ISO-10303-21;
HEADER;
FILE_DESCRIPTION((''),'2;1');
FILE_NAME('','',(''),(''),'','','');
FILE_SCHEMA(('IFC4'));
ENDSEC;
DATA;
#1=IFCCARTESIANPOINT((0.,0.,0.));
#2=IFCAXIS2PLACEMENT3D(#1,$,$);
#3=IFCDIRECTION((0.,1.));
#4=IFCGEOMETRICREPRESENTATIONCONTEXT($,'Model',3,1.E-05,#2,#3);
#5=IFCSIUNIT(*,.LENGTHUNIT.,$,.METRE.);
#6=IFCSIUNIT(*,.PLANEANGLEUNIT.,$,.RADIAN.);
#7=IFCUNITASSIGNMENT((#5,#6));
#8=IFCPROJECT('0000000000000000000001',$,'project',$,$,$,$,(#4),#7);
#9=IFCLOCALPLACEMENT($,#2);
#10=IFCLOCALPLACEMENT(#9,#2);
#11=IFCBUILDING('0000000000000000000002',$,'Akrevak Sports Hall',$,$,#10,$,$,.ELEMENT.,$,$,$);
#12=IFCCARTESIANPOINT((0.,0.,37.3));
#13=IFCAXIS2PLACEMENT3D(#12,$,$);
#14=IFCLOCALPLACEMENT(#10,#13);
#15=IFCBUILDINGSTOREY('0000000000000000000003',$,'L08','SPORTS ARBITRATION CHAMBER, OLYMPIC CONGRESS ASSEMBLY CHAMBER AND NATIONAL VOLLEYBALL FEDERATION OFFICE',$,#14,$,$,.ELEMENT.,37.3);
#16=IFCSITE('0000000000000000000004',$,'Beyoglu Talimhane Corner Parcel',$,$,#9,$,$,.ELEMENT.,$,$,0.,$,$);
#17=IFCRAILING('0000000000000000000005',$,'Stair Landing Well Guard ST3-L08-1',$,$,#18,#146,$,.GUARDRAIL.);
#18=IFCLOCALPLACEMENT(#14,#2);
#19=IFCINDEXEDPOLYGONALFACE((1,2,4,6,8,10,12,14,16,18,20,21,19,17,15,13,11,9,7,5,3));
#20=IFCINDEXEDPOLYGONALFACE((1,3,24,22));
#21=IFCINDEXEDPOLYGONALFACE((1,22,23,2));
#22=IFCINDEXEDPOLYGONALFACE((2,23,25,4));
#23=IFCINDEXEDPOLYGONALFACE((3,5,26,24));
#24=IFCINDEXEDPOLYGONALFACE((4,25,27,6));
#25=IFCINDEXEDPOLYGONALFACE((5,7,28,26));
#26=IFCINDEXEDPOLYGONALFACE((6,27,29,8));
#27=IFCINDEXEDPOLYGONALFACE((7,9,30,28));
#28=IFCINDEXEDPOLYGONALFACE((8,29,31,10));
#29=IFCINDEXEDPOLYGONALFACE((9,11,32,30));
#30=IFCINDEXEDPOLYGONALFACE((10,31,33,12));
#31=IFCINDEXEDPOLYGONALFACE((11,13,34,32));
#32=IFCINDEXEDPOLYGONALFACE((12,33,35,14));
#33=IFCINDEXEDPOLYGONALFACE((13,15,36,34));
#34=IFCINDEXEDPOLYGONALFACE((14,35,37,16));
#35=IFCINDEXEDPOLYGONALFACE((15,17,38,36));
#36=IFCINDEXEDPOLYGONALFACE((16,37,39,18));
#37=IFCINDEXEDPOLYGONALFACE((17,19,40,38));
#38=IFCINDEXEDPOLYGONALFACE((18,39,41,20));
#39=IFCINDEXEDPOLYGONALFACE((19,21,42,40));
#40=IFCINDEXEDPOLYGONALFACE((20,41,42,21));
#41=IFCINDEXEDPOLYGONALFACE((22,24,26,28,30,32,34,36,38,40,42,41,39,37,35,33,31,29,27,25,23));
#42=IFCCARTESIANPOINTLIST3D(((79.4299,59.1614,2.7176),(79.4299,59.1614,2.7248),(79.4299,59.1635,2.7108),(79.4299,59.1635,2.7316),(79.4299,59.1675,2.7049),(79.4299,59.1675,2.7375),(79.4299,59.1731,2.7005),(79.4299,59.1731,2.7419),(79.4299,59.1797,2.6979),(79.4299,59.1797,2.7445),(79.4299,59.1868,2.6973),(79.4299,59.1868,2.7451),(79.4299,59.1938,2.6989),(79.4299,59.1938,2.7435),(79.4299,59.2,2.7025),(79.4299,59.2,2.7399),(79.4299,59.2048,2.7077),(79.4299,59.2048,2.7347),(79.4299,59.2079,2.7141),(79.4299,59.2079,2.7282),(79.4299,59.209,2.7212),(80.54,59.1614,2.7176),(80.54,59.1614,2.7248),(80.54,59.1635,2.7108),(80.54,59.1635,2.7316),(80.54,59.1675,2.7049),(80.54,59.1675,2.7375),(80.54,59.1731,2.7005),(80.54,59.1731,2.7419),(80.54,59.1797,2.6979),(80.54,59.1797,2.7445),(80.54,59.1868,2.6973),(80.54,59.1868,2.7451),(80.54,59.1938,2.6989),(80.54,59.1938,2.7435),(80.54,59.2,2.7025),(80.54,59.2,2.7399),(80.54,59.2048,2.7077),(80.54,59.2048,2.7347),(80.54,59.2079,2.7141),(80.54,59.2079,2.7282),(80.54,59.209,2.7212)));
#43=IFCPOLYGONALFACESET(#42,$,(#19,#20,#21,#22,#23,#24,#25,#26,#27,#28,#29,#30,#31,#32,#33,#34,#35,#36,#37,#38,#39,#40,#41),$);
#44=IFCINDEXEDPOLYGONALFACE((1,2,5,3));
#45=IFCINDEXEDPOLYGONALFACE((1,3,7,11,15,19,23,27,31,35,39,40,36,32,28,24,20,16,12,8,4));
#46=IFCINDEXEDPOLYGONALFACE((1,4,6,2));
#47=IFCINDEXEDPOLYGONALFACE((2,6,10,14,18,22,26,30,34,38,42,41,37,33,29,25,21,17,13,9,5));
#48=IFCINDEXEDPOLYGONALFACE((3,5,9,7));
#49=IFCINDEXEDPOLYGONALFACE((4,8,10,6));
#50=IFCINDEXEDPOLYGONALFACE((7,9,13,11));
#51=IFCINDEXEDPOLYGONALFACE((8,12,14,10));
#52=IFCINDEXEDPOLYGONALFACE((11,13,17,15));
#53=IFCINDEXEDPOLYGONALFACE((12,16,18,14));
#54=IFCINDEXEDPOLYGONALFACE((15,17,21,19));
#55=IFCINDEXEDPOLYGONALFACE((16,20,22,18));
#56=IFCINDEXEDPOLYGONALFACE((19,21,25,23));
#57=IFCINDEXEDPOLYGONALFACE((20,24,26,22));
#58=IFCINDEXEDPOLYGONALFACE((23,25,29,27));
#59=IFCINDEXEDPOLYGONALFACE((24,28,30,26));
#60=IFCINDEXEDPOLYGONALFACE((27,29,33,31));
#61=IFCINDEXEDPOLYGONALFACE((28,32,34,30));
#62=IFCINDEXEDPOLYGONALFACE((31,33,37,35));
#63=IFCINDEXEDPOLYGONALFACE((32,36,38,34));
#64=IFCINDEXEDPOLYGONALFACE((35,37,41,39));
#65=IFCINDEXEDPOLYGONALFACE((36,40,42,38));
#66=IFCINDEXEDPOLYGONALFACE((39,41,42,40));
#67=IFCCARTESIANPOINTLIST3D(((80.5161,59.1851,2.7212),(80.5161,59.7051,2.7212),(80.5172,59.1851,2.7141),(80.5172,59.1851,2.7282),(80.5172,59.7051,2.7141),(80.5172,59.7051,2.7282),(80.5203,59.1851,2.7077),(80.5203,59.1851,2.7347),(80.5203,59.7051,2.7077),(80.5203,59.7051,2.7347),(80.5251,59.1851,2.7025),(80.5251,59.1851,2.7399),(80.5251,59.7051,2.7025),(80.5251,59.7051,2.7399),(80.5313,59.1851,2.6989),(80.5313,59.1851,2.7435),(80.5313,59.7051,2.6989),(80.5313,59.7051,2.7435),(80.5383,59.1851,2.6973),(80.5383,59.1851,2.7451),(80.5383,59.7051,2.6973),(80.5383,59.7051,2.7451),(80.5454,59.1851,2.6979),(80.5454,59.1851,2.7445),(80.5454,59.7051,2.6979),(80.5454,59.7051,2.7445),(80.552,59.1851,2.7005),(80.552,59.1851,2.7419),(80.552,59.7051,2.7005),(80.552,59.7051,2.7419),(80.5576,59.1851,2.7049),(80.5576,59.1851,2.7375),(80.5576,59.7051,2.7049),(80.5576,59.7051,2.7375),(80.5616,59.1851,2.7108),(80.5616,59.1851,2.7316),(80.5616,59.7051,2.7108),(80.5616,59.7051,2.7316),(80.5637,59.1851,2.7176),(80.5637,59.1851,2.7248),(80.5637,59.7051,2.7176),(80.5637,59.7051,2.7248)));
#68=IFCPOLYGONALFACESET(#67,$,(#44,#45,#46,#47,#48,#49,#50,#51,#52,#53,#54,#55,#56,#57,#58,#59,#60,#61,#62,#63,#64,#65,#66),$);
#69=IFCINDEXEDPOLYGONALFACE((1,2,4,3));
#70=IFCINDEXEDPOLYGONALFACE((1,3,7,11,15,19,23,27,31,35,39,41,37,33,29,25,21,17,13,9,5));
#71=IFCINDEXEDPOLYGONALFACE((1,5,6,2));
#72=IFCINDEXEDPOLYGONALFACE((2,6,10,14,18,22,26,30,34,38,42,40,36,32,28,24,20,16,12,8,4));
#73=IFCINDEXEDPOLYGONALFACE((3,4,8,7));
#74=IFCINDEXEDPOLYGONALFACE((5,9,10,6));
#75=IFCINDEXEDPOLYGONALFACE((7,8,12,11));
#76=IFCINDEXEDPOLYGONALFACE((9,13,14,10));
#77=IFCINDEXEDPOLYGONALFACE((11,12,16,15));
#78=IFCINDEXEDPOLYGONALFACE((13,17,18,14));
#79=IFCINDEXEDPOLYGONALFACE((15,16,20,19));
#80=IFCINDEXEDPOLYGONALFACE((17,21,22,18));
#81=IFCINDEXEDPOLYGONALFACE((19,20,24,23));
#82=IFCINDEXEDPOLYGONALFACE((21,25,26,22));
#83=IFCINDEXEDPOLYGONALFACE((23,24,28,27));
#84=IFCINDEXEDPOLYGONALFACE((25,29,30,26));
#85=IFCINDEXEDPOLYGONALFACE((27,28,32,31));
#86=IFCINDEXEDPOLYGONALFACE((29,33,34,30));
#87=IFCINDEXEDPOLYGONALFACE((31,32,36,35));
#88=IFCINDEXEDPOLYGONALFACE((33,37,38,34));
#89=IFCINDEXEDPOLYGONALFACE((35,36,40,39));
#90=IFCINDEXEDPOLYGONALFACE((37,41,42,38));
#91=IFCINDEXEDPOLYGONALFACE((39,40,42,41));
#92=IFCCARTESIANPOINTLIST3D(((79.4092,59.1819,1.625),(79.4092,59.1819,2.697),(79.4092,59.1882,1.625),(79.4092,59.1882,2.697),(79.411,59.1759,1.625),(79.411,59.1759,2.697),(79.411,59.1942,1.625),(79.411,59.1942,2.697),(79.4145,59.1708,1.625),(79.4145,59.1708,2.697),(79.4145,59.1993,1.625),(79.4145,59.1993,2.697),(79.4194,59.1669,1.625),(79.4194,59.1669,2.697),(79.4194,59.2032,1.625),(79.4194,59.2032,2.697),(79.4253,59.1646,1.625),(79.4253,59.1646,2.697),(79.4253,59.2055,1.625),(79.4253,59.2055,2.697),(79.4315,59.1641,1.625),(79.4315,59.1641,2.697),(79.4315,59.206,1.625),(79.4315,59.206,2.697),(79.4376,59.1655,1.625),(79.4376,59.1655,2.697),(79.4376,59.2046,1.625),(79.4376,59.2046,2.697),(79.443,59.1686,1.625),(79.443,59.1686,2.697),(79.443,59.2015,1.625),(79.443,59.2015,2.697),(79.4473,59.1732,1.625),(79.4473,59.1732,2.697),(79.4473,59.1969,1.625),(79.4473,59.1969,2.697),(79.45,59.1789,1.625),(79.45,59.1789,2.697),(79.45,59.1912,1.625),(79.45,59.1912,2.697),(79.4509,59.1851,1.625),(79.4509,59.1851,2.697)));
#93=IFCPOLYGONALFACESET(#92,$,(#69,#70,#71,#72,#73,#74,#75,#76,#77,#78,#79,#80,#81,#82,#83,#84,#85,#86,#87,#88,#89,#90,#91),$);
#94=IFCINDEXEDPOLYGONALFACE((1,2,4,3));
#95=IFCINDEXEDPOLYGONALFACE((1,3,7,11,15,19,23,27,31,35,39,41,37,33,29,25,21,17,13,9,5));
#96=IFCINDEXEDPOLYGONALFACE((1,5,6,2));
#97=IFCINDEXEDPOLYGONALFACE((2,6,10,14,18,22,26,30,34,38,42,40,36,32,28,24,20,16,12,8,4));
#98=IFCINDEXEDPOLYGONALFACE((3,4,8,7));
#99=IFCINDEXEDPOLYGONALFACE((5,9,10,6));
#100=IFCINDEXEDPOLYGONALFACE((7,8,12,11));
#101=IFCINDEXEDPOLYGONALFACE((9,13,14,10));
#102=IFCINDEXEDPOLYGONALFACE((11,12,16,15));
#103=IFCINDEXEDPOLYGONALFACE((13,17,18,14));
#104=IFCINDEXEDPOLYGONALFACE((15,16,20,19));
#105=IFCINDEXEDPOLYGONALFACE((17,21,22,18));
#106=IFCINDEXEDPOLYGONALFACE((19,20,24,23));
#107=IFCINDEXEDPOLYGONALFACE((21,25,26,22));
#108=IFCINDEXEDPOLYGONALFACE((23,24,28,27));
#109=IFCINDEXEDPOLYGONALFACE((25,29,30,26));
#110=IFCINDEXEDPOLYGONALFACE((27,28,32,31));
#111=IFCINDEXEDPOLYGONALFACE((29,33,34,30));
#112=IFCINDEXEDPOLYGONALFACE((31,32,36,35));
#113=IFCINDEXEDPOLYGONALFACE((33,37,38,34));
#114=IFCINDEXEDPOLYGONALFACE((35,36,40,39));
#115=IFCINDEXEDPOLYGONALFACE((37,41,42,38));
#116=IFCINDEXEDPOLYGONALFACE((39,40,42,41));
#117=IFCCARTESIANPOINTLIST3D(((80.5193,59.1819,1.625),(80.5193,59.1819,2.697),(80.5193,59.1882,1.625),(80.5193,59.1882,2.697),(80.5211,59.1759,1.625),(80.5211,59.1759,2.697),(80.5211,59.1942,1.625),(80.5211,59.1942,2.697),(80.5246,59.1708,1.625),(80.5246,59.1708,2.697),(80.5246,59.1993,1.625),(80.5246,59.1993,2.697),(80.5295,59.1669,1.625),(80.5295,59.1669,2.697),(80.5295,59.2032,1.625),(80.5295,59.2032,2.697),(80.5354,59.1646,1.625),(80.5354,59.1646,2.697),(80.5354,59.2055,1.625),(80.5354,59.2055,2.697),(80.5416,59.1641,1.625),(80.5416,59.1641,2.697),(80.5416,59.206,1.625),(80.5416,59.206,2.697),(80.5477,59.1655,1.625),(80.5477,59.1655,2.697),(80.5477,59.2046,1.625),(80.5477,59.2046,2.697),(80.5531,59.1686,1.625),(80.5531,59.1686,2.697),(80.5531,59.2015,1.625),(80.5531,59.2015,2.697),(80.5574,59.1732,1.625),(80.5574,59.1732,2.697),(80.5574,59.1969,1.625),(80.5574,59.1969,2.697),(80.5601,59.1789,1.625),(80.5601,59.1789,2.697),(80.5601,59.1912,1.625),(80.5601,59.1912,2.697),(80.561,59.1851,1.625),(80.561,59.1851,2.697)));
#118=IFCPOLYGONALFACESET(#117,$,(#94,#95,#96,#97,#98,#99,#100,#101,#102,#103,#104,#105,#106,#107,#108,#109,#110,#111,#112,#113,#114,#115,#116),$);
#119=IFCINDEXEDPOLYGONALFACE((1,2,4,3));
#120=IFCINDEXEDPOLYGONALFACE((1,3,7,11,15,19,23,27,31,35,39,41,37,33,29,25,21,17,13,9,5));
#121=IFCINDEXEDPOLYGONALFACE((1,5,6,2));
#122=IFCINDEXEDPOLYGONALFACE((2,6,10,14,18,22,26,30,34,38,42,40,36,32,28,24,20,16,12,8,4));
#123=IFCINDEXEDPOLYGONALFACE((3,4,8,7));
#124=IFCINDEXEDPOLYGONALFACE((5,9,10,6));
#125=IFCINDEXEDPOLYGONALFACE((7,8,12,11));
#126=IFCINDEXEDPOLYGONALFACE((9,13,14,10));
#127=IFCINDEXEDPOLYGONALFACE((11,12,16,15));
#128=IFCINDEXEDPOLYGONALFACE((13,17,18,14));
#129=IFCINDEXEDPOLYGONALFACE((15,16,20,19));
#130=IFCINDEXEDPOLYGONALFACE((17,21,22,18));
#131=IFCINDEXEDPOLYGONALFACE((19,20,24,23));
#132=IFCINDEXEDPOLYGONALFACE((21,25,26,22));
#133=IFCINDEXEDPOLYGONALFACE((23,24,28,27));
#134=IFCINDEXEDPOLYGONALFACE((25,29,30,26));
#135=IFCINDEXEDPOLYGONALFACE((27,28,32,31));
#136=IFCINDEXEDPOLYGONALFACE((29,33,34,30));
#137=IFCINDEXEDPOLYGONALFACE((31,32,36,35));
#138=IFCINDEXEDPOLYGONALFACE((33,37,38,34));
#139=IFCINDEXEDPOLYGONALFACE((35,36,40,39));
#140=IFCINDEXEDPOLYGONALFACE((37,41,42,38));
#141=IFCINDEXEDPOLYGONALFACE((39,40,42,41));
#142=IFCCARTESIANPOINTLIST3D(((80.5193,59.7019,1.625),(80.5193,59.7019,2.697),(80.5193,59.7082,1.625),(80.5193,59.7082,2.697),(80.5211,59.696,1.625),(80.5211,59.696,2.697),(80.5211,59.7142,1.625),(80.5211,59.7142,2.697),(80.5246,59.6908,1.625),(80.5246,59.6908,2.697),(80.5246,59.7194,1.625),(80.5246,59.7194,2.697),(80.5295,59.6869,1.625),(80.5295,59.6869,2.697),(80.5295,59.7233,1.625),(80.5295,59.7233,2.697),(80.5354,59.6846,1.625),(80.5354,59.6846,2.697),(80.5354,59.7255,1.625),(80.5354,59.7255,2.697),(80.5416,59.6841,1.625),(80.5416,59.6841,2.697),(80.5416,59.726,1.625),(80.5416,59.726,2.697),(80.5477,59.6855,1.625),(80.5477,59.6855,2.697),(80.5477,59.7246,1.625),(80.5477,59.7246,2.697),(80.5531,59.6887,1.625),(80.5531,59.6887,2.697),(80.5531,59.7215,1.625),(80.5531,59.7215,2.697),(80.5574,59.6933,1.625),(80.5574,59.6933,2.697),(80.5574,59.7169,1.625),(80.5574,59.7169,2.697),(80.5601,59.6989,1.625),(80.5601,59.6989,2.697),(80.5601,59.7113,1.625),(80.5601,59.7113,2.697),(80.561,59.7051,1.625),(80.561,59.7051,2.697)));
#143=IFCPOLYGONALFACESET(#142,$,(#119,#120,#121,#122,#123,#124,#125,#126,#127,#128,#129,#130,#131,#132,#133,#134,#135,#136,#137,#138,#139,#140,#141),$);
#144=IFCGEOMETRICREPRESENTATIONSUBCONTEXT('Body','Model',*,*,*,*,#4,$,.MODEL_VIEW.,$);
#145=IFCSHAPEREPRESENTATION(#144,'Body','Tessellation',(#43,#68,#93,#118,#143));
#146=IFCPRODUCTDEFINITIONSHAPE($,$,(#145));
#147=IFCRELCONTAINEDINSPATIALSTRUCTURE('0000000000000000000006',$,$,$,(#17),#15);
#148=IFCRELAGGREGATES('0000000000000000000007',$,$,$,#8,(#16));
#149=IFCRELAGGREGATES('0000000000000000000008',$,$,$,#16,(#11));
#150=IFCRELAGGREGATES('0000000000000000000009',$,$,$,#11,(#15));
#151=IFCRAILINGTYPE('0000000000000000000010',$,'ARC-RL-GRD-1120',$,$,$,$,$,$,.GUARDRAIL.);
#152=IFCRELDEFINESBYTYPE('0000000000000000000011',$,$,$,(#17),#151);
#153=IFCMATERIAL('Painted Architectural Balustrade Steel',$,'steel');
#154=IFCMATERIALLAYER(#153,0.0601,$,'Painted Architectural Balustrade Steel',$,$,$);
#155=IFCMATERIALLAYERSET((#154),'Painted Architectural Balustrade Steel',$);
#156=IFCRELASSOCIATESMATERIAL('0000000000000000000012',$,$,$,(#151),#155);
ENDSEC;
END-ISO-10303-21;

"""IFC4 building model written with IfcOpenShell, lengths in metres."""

from ifc_helpers import new_model, si_unit, direction, frame, origin, origin_2d, place, context, subcontext, project, spatial, circle, extrude, material, layer, layer_set, type_object, element, save


model = new_model("IFC4")

# Units and contexts
model_context = context("Model", 3, precision=1e-05, world=origin(), true_north=direction((0.0, 1.0)))
body_context = subcontext(model_context, "Body", "Model", "MODEL_VIEW")
ifc_project = project(units=[si_unit("LENGTHUNIT", "METRE"), si_unit("PLANEANGLEUNIT", "RADIAN")], contexts=[model_context])

# Site, building, storey
site_placement = place(None, origin())
site = spatial("IfcSite", under=ifc_project, at=site_placement, Name="Beyoglu Talimhane Corner Parcel", CompositionType="ELEMENT", RefElevation=0.0)
building_placement = place(site_placement, origin())
building = spatial("IfcBuilding", under=site, at=building_placement, Name="Akrevak Sports Hall", CompositionType="ELEMENT")
storey_placement = place(building_placement, frame((0.0, 0.0, 37.3)))
storey = spatial("IfcBuildingStorey", under=building, at=storey_placement, Name="L08", Description="SPORTS ARBITRATION CHAMBER, OLYMPIC CONGRESS ASSEMBLY CHAMBER AND NATIONAL VOLLEYBALL FEDERATION OFFICE", CompositionType="ELEMENT", Elevation=37.3)

# Railing
ifc_material_1 = material(Name="Painted Architectural Balustrade Steel", Category="steel")
ifc_layer_1 = layer(ifc_material_1, 0.0601, Name="Painted Architectural Balustrade Steel")
ifc_layer_set_1 = layer_set([ifc_layer_1], Name="Painted Architectural Balustrade Steel")
railing_type_1 = type_object("IfcRailingType", Name="ARC-RL-GRD-1120", PredefinedType="GUARDRAIL", material=ifc_layer_set_1)
railing_1_placement = place(storey_placement, frame((79.4299, 59.1851, 1.625)))
element("IfcRailing", 1, at=railing_1_placement, inside=storey, type_object=railing_type_1, Name="Stair Landing Well Guard ST3-L08-1", PredefinedType="GUARDRAIL", context=body_context, shape_type="SweptSolid", body=[
    extrude(circle(Radius=0.0239, at=origin_2d()), frame((0.0, 0.0, 1.0962), z_axis=(1.0, 0.0, 0.0), x_axis=(0.0, 1.0, 0.0)), (0.0, 0.0, 1.0), 1.1101),
    extrude(circle(Radius=0.0239, at=origin_2d()), frame((1.1101, 0.0, 1.0962), z_axis=(0.0, 1.0, 0.0), x_axis=(-1.0, 0.0, 0.0)), (0.0, 0.0, 1.0), 0.52),
    extrude(circle(Radius=0.021, at=origin_2d()), origin(), (0.0, 0.0, 1.0), 1.072),
    extrude(circle(Radius=0.021, at=origin_2d()), frame((1.1101, 0.0, 0.0)), (0.0, 0.0, 1.0), 1.072),
    extrude(circle(Radius=0.021, at=origin_2d()), frame((1.1101, 0.52, 0.0)), (0.0, 0.0, 1.0), 1.072),
])

save(model, "model.ifc")
